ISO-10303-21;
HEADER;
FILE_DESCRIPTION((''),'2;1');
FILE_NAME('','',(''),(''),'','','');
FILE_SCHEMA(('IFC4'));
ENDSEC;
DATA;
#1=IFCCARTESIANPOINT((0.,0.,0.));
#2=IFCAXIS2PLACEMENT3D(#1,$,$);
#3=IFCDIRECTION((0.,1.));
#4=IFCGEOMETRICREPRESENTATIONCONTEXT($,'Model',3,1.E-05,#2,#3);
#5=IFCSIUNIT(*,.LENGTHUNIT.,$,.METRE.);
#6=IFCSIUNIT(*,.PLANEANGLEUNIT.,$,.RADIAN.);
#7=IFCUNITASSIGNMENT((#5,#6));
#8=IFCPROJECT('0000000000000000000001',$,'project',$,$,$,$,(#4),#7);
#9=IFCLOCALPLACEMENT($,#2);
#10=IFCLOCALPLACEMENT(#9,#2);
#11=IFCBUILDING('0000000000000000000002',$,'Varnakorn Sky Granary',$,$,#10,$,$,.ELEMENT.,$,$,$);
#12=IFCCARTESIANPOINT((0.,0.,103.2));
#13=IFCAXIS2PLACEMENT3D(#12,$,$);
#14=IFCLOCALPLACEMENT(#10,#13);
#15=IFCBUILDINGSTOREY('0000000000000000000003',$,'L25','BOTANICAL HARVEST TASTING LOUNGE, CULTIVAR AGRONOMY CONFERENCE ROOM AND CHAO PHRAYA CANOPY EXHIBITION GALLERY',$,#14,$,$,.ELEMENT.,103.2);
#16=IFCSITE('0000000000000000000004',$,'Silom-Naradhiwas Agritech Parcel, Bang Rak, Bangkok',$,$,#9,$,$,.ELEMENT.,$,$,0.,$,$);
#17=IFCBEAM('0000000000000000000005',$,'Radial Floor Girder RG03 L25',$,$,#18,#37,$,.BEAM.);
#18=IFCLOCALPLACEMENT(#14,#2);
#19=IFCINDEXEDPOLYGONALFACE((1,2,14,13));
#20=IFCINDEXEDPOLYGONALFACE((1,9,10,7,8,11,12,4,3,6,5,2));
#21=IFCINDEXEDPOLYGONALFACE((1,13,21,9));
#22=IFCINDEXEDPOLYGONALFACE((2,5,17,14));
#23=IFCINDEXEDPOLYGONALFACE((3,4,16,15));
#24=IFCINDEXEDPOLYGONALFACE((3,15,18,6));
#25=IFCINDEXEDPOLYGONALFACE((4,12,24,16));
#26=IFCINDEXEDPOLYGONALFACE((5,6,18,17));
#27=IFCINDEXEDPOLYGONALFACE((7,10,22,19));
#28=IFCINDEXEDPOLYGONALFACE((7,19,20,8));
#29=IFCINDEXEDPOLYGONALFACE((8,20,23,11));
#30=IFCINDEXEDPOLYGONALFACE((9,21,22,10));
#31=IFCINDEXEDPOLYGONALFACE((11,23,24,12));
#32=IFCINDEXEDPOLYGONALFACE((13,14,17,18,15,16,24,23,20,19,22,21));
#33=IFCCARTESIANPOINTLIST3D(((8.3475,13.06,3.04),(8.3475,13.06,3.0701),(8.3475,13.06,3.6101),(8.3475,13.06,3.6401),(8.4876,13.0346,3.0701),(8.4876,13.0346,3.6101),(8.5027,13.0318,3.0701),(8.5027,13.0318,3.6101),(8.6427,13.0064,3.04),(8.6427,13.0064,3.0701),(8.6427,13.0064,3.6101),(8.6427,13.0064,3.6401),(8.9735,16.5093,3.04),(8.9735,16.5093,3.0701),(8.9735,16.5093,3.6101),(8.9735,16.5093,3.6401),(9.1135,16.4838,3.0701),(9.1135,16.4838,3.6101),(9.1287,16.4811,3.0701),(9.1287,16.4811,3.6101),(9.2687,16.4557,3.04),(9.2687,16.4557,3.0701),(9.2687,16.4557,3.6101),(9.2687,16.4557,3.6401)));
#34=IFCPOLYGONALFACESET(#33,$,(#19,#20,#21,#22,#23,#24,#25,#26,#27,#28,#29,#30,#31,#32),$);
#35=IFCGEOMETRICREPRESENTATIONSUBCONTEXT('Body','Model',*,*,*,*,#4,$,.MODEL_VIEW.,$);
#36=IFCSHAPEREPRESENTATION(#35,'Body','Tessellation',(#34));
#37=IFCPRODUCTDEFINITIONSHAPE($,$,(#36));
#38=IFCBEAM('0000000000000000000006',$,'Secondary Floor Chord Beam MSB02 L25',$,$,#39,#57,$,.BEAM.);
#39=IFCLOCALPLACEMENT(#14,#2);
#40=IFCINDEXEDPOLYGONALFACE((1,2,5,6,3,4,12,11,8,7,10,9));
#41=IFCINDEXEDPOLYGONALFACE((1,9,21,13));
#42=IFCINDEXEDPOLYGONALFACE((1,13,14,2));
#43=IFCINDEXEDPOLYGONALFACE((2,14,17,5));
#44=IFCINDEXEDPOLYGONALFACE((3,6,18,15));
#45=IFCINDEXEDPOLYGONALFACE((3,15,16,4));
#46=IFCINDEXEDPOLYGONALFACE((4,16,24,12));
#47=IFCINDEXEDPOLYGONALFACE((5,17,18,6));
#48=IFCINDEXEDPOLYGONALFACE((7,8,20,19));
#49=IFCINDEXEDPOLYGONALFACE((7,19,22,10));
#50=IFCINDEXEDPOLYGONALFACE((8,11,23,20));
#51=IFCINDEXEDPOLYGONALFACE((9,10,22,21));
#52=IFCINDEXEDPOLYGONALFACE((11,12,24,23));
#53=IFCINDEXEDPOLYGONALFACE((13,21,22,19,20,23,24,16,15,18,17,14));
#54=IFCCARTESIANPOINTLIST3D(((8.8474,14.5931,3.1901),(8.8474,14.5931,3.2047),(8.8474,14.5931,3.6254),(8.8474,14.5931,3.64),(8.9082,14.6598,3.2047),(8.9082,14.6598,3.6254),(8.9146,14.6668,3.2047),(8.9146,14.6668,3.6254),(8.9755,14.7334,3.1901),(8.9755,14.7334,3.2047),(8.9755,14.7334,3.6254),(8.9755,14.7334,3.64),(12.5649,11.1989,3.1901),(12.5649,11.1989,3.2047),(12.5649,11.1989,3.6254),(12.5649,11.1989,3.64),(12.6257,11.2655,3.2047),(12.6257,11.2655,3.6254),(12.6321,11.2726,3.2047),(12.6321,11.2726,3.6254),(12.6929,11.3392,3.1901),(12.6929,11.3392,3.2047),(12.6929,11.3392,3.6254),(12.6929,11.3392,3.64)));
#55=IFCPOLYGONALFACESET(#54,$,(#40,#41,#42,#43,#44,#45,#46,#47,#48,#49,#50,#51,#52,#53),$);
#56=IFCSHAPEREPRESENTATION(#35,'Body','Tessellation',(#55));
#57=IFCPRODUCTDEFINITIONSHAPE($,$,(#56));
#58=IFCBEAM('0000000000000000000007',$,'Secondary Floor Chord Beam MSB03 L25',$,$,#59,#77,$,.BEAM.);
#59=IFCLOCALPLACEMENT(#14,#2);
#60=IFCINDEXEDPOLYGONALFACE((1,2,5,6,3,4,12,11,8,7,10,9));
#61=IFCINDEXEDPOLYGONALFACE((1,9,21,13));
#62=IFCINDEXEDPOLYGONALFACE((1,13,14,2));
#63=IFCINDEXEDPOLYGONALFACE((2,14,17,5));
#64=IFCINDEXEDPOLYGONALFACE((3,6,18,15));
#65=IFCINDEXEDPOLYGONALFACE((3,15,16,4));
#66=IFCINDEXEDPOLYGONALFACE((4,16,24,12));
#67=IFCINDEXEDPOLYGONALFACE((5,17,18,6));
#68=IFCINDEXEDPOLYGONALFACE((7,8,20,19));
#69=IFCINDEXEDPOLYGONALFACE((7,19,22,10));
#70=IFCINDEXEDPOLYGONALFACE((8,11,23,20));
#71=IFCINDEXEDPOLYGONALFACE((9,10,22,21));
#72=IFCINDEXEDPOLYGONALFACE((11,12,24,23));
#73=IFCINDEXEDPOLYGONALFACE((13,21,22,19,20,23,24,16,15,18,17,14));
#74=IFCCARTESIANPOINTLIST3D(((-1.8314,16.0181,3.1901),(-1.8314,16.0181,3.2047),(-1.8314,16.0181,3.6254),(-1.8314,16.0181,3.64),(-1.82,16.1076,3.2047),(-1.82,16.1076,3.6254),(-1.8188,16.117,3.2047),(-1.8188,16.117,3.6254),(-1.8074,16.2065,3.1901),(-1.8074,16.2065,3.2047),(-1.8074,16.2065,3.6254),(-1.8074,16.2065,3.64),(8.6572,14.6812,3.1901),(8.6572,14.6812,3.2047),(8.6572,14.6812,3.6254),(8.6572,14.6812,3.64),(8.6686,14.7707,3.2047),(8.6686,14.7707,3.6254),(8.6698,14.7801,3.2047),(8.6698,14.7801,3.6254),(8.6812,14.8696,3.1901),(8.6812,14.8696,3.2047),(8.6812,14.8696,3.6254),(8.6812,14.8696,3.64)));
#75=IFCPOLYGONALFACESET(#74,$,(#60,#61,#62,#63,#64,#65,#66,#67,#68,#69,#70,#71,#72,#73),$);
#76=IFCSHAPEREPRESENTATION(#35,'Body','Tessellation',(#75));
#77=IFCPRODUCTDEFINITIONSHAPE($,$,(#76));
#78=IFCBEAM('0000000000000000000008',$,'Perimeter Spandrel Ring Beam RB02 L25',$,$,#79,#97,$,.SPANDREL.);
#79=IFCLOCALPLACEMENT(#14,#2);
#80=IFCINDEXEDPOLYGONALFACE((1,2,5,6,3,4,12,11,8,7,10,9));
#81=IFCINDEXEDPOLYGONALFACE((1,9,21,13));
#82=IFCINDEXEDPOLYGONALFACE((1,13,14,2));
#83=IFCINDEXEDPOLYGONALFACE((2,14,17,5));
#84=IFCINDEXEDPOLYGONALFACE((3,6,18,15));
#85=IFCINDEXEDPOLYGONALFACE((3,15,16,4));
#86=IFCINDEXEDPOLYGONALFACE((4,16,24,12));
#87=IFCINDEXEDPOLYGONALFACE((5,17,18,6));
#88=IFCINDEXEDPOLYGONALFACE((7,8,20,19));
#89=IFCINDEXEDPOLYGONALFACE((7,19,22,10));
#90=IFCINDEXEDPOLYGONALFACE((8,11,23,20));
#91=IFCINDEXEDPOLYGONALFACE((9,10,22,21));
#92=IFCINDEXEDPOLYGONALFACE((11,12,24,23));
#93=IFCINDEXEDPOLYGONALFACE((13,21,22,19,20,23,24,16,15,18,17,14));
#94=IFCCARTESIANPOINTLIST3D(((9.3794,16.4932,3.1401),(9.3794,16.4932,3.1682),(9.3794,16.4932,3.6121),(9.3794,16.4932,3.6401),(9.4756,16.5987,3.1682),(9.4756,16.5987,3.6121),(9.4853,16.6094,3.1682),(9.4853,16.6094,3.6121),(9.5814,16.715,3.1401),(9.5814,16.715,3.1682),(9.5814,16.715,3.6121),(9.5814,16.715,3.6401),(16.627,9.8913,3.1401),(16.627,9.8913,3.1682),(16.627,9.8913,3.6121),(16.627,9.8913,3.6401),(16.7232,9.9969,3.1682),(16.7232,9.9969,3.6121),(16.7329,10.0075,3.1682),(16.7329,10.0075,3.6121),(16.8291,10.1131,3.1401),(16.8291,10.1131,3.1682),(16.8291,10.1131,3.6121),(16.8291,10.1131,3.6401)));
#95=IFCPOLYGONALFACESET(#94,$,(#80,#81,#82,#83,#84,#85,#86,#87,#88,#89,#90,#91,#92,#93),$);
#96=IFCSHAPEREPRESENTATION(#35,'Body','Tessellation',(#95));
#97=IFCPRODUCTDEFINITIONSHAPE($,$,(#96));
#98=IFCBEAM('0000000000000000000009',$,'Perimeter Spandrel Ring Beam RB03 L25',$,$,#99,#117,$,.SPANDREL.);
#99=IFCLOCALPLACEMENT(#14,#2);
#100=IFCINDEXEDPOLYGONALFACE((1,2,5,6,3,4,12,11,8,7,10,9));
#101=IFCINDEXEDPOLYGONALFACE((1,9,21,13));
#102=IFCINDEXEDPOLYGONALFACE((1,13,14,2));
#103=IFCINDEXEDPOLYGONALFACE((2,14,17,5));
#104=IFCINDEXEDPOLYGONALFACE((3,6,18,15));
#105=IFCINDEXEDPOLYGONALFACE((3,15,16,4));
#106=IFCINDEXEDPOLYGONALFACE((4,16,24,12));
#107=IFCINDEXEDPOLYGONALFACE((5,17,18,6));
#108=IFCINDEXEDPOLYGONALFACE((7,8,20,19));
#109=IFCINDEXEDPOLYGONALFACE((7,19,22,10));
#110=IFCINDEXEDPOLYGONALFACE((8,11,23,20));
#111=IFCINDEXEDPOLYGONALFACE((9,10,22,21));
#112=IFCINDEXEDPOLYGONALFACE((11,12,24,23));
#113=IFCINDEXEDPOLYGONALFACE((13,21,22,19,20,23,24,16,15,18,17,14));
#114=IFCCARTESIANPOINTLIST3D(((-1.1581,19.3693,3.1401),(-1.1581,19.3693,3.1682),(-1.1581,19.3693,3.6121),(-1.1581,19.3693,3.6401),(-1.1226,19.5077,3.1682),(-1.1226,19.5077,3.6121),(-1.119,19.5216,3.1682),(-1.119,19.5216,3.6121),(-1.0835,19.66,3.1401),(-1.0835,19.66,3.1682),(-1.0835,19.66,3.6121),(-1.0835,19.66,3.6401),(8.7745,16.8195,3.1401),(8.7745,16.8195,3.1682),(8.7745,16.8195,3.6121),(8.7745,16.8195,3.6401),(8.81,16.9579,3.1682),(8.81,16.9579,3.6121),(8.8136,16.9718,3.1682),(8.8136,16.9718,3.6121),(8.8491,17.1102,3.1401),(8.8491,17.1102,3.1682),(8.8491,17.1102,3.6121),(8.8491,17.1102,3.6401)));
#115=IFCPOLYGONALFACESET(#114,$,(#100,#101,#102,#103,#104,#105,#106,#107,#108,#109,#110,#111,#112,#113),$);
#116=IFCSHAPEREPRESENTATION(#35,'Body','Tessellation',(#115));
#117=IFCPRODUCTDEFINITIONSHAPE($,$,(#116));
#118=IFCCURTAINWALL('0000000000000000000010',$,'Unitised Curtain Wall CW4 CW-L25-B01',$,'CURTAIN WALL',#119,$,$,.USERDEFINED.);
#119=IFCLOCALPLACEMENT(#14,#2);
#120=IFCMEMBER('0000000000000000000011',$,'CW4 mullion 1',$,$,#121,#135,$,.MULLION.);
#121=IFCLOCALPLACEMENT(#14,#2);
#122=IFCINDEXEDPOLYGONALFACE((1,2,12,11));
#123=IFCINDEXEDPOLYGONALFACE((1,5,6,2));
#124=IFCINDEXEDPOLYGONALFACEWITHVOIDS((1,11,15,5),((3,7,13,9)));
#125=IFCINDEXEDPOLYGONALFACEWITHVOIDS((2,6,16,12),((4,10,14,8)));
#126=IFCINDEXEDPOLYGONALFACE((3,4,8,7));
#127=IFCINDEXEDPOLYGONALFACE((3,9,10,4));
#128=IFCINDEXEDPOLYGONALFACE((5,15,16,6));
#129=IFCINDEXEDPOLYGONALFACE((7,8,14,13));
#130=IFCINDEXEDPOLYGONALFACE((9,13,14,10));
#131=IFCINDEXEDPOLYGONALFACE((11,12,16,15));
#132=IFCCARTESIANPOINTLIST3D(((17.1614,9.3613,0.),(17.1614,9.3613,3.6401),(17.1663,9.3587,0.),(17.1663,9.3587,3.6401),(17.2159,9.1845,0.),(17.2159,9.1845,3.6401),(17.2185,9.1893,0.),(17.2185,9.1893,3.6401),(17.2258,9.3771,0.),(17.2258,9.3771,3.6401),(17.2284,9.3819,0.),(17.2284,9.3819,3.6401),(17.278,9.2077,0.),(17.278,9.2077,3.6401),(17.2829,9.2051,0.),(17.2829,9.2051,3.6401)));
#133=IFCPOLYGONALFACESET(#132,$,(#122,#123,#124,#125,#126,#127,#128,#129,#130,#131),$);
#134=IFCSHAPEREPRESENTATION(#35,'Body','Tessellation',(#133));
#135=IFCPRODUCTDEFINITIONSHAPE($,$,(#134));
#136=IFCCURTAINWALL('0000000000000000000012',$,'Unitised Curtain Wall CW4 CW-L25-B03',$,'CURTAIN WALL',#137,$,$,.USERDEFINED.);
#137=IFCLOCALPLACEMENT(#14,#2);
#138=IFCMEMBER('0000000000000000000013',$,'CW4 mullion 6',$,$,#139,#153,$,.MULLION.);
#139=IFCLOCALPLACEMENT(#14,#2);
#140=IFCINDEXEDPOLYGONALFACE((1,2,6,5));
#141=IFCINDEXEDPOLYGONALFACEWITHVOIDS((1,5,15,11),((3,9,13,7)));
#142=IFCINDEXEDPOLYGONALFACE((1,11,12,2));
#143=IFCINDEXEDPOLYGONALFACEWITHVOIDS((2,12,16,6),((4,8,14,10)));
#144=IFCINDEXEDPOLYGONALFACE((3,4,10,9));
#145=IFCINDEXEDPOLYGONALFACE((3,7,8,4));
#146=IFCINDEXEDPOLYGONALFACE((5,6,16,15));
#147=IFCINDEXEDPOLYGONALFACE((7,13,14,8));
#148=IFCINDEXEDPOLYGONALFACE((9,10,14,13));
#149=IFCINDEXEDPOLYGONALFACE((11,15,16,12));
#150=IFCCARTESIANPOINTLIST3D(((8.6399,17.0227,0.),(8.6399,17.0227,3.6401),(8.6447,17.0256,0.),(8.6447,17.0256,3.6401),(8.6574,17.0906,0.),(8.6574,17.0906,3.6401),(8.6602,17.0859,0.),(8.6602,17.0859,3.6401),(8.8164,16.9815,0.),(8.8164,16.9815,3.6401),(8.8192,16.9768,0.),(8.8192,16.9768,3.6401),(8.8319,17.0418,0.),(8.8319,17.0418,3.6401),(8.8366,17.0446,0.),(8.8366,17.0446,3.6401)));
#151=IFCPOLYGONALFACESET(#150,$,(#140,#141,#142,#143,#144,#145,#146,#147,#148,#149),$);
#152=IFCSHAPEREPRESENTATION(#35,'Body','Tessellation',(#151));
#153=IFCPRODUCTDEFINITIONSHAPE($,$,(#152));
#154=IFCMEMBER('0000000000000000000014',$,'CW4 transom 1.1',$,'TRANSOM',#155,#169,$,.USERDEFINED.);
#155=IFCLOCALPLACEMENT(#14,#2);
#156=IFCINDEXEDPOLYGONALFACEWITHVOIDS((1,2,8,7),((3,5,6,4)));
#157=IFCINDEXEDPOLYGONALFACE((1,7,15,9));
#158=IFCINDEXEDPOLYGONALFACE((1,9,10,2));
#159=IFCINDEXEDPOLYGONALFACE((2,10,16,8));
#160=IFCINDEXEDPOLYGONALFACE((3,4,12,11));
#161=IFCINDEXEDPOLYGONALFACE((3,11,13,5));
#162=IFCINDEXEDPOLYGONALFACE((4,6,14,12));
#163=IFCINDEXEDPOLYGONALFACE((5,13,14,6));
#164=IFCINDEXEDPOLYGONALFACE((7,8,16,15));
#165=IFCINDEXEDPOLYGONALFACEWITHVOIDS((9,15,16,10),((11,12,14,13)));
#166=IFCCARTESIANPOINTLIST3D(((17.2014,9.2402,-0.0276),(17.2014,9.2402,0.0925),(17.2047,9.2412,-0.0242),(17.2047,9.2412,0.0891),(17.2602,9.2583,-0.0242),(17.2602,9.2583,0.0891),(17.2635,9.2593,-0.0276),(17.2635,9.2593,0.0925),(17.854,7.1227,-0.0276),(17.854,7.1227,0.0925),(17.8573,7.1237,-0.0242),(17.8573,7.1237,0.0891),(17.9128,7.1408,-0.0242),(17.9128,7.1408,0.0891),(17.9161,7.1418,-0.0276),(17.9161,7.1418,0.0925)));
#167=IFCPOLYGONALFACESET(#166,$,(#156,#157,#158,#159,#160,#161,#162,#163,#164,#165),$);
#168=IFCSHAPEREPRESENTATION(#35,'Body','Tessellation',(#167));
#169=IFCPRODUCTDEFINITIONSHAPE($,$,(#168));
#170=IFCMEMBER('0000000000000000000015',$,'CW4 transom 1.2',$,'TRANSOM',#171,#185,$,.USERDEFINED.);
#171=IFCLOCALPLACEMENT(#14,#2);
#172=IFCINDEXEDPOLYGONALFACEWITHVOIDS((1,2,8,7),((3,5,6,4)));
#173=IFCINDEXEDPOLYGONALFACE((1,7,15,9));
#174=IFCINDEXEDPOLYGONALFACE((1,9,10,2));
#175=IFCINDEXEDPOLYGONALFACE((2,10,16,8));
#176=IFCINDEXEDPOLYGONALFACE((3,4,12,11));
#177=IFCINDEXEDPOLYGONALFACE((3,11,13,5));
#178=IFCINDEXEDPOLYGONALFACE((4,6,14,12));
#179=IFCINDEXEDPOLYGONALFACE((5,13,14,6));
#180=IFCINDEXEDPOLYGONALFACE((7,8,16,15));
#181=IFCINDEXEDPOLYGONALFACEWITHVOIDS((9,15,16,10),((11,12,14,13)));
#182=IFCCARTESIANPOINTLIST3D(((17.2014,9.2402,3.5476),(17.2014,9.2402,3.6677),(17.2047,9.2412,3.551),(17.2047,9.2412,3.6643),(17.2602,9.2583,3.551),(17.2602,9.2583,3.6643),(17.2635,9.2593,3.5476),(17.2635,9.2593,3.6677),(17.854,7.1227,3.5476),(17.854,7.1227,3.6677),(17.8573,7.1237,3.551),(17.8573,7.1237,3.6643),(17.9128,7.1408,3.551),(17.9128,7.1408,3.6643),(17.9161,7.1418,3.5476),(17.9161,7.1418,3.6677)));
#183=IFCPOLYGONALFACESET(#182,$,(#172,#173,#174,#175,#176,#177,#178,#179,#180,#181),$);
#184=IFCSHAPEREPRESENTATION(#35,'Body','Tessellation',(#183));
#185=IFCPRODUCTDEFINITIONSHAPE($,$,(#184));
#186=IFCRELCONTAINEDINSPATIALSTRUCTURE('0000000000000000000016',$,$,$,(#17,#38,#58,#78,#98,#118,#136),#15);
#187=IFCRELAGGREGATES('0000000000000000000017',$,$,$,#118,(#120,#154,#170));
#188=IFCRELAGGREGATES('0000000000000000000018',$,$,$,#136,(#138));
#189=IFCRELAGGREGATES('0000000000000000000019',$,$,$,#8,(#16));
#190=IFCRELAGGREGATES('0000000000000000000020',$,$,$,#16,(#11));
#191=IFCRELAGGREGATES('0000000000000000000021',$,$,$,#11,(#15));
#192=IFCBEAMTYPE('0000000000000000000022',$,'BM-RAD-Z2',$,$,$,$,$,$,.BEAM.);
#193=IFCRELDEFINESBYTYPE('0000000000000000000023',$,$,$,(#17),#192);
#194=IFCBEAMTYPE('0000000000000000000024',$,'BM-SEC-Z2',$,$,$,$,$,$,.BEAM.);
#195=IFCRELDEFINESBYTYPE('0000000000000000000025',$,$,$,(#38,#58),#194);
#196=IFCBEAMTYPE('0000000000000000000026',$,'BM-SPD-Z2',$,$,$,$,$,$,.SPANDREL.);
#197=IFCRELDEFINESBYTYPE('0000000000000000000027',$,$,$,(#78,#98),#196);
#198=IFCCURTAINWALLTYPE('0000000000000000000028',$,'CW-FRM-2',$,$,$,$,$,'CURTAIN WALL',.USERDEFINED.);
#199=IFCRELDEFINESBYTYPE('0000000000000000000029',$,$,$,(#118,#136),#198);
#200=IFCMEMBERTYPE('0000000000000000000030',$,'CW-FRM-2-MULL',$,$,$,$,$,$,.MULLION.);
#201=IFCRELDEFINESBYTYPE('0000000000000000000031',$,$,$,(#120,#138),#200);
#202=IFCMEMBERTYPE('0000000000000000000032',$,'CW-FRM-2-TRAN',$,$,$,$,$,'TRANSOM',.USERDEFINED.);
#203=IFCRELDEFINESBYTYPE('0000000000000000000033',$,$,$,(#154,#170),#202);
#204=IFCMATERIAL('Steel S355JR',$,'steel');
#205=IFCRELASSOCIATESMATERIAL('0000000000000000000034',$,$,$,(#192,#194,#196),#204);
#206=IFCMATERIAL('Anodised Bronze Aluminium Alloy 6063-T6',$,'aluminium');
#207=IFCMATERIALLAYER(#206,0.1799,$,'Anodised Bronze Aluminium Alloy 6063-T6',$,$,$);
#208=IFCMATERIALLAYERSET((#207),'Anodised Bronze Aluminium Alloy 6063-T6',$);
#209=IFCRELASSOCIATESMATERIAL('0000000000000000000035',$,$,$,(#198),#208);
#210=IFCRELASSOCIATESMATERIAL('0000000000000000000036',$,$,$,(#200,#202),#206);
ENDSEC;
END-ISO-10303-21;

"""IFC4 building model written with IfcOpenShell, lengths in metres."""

from ifc_helpers import new_model, si_unit, direction, frame, origin, origin_2d, place, context, subcontext, project, spatial, hollow_rectangle, i_section, extrude, material, layer, layer_set, material_profile, profile_set, type_object, element, aggregate, save


model = new_model("IFC4")

# Units and contexts
model_context = context("Model", 3, precision=1e-05, world=origin(), true_north=direction((0.0, 1.0)))
body_context = subcontext(model_context, "Body", "Model", "MODEL_VIEW")
ifc_project = project(units=[si_unit("LENGTHUNIT", "METRE"), si_unit("PLANEANGLEUNIT", "RADIAN")], contexts=[model_context])

# Site, building, storey
site_placement = place(None, origin())
site = spatial("IfcSite", under=ifc_project, at=site_placement, Name="Silom-Naradhiwas Agritech Parcel, Bang Rak, Bangkok", CompositionType="ELEMENT", RefElevation=0.0)
building_placement = place(site_placement, origin())
building = spatial("IfcBuilding", under=site, at=building_placement, Name="Varnakorn Sky Granary", CompositionType="ELEMENT")
storey_placement = place(building_placement, frame((0.0, 0.0, 103.2)))
storey = spatial("IfcBuildingStorey", under=building, at=storey_placement, Name="L25", Description="BOTANICAL HARVEST TASTING LOUNGE, CULTIVAR AGRONOMY CONFERENCE ROOM AND CHAO PHRAYA CANOPY EXHIBITION GALLERY", CompositionType="ELEMENT", Elevation=103.2)

# Beams
ifc_material_1 = material(Name="Steel S355JR", Category="steel")
ifc_material_profile_1 = material_profile(ifc_material_1, i_section(OverallWidth=0.3, OverallDepth=0.6001, WebThickness=0.0154, FlangeThickness=0.03, at=origin_2d()), Name="HE 600 B")
ifc_profile_set_1 = profile_set([ifc_material_profile_1], Name="Steel S355JR")
beam_type_1 = type_object("IfcBeamType", Name="BM-RAD-Z2", PredefinedType="BEAM", material=ifc_profile_set_1)
beam_1_placement = place(storey_placement, frame((8.4951, 13.0332, 3.3401), z_axis=(0.178567, 0.983928, 0.0), x_axis=(-0.983928, 0.178567, 0.0)))
element("IfcBeam", 1, at=beam_1_placement, inside=storey, type_object=beam_type_1, Name="Radial Floor Girder RG03 L25", PredefinedType="BEAM", context=body_context, shape_type="SweptSolid", body=[
    extrude(i_section(OverallWidth=0.3, OverallDepth=0.6001, WebThickness=0.0154, FlangeThickness=0.03, at=origin_2d()), origin(), (0.0, 0.0, 1.0), 3.5056),
])
ifc_material_profile_2 = material_profile(ifc_material_1, i_section(OverallWidth=0.1899, OverallDepth=0.45, WebThickness=0.0095, FlangeThickness=0.0146, at=origin_2d()), Name="IPE 450")
ifc_profile_set_2 = profile_set([ifc_material_profile_2], Name="Steel S355JR")
beam_type_2 = type_object("IfcBeamType", Name="BM-SEC-Z2", PredefinedType="BEAM", material=ifc_profile_set_2)
beam_2_placement = place(storey_placement, frame((12.6289, 11.269, 3.415), z_axis=(-0.738483, 0.674272, 0.0), x_axis=(-0.674272, -0.738483, 0.0)))
element("IfcBeam", 2, at=beam_2_placement, inside=storey, type_object=beam_type_2, Name="Secondary Floor Chord Beam MSB02 L25", PredefinedType="BEAM", context=body_context, shape_type="SweptSolid", body=[
    extrude(i_section(OverallWidth=0.1899, OverallDepth=0.45, WebThickness=0.0095, FlangeThickness=0.0146, at=origin_2d()), origin(), (0.0, 0.0, 1.0), 5.0339),
])
beam_3_placement = place(storey_placement, frame((8.6692, 14.7754, 3.415), z_axis=(-0.991974, 0.126441, 0.0), x_axis=(-0.126441, -0.991974, 0.0)))
element("IfcBeam", 3, at=beam_3_placement, inside=storey, type_object=beam_type_2, Name="Secondary Floor Chord Beam MSB03 L25", PredefinedType="BEAM", context=body_context, shape_type="SweptSolid", body=[
    extrude(i_section(OverallWidth=0.1899, OverallDepth=0.45, WebThickness=0.0095, FlangeThickness=0.0146, at=origin_2d()), origin(), (0.0, 0.0, 1.0), 10.5735),
])
ifc_material_profile_3 = material_profile(ifc_material_1, i_section(OverallWidth=0.3, OverallDepth=0.5, WebThickness=0.0144, FlangeThickness=0.0281, at=origin_2d()), Name="HE 500 B")
ifc_profile_set_3 = profile_set([ifc_material_profile_3], Name="Steel S355JR")
beam_type_3 = type_object("IfcBeamType", Name="BM-SPD-Z2", PredefinedType="SPANDREL", material=ifc_profile_set_3)
beam_4_placement = place(storey_placement, frame((16.728, 10.0022, 3.3901), z_axis=(-0.739274, 0.673405, 0.0), x_axis=(-0.673405, -0.739274, 0.0)))
element("IfcBeam", 4, at=beam_4_placement, inside=storey, type_object=beam_type_3, Name="Perimeter Spandrel Ring Beam RB02 L25", PredefinedType="SPANDREL", context=body_context, shape_type="SweptSolid", body=[
    extrude(i_section(OverallWidth=0.3, OverallDepth=0.5, WebThickness=0.0144, FlangeThickness=0.0281, at=origin_2d()), origin(), (0.0, 0.0, 1.0), 9.8037),
])
beam_5_placement = place(storey_placement, frame((8.8118, 16.9648, 3.3901), z_axis=(-0.968594, 0.248648, 0.0), x_axis=(-0.248648, -0.968594, 0.0)))
element("IfcBeam", 5, at=beam_5_placement, inside=storey, type_object=beam_type_3, Name="Perimeter Spandrel Ring Beam RB03 L25", PredefinedType="SPANDREL", context=body_context, shape_type="SweptSolid", body=[
    extrude(i_section(OverallWidth=0.3, OverallDepth=0.5, WebThickness=0.0144, FlangeThickness=0.0281, at=origin_2d()), origin(), (0.0, 0.0, 1.0), 10.2546),
])

# Curtain walls, members
ifc_material_2 = material(Name="Anodised Bronze Aluminium Alloy 6063-T6", Category="aluminium")
ifc_layer_1 = layer(ifc_material_2, 0.1799, Name="Anodised Bronze Aluminium Alloy 6063-T6")
ifc_layer_set_1 = layer_set([ifc_layer_1], Name="Anodised Bronze Aluminium Alloy 6063-T6")
curtain_wall_type = type_object("IfcCurtainWallType", Name="CW-FRM-2", ElementType="CURTAIN WALL", PredefinedType="USERDEFINED", material=ifc_layer_set_1)
curtain_wall_1_placement = place(storey_placement, origin())
curtain_wall_1 = element("IfcCurtainWall", 6, at=curtain_wall_1_placement, inside=storey, type_object=curtain_wall_type, Name="Unitised Curtain Wall CW4 CW-L25-B01", ObjectType="CURTAIN WALL", PredefinedType="USERDEFINED")
ifc_material_profile_4 = material_profile(ifc_material_2, hollow_rectangle(XDim=0.0701, YDim=0.1851, WallThickness=0.0039, at=origin_2d()), Name="ALU MULL 70x185")
ifc_profile_set_4 = profile_set([ifc_material_profile_4], Name="Anodised Bronze Aluminium Alloy 6063-T6")
member_type_1 = type_object("IfcMemberType", Name="CW-FRM-2-MULL", PredefinedType="MULLION", material=ifc_profile_set_4)
member_1_placement = place(storey_placement, frame((17.2222, 9.2832, 0.0), z_axis=(0.0, 0.0, 1.0), x_axis=(0.955652, 0.294498, 0.0)))
member_1 = element("IfcMember", 7, at=member_1_placement, type_object=member_type_1, Name="CW4 mullion 1", PredefinedType="MULLION", context=body_context, shape_type="SweptSolid", body=[
    extrude(hollow_rectangle(XDim=0.0701, YDim=0.1851, WallThickness=0.0039, at=origin_2d()), origin(), (0.0, 0.0, 1.0), 3.6401),
])
curtain_wall_2_placement = place(storey_placement, origin())
curtain_wall_2 = element("IfcCurtainWall", 8, at=curtain_wall_2_placement, inside=storey, type_object=curtain_wall_type, Name="Unitised Curtain Wall CW4 CW-L25-B03", ObjectType="CURTAIN WALL", PredefinedType="USERDEFINED")
member_2_placement = place(storey_placement, frame((8.7383, 17.0337, 0.0), z_axis=(0.0, 0.0, 1.0), x_axis=(0.248477, 0.968638, 0.0)))
member_2 = element("IfcMember", 9, at=member_2_placement, type_object=member_type_1, Name="CW4 mullion 6", PredefinedType="MULLION", context=body_context, shape_type="SweptSolid", body=[
    extrude(hollow_rectangle(XDim=0.0701, YDim=0.1851, WallThickness=0.0039, at=origin_2d()), origin(), (0.0, 0.0, 1.0), 3.6401),
])

# Members
ifc_material_profile_5 = material_profile(ifc_material_2, hollow_rectangle(XDim=0.0649, YDim=0.1201, WallThickness=0.0034, at=origin_2d()), Name="ALU TRAN 65x120")
ifc_profile_set_5 = profile_set([ifc_material_profile_5], Name="Anodised Bronze Aluminium Alloy 6063-T6")
member_type_2 = type_object("IfcMemberType", Name="CW-FRM-2-TRAN", ElementType="TRANSOM", PredefinedType="USERDEFINED", material=ifc_profile_set_5)
member_3_placement = place(storey_placement, frame((17.2324, 9.2498, 0.0325), z_axis=(0.294527, -0.955643, 0.0), x_axis=(0.955643, 0.294527, 0.0)))
member_3 = element("IfcMember", 10, at=member_3_placement, type_object=member_type_2, Name="CW4 transom 1.1", ObjectType="TRANSOM", PredefinedType="USERDEFINED", context=body_context, shape_type="SweptSolid", body=[
    extrude(hollow_rectangle(XDim=0.0649, YDim=0.1201, WallThickness=0.0034, at=origin_2d()), origin(), (0.0, 0.0, 1.0), 2.2158),
])
member_4_placement = place(storey_placement, frame((17.2324, 9.2498, 3.6077), z_axis=(0.294527, -0.955643, 0.0), x_axis=(0.955643, 0.294527, 0.0)))
member_4 = element("IfcMember", 11, at=member_4_placement, type_object=member_type_2, Name="CW4 transom 1.2", ObjectType="TRANSOM", PredefinedType="USERDEFINED", context=body_context, shape_type="SweptSolid", body=[
    extrude(hollow_rectangle(XDim=0.0649, YDim=0.1201, WallThickness=0.0034, at=origin_2d()), origin(), (0.0, 0.0, 1.0), 2.2158),
])

aggregate(curtain_wall_1, [member_1, member_3, member_4])
aggregate(curtain_wall_2, [member_2])

save(model, "model.ifc")
